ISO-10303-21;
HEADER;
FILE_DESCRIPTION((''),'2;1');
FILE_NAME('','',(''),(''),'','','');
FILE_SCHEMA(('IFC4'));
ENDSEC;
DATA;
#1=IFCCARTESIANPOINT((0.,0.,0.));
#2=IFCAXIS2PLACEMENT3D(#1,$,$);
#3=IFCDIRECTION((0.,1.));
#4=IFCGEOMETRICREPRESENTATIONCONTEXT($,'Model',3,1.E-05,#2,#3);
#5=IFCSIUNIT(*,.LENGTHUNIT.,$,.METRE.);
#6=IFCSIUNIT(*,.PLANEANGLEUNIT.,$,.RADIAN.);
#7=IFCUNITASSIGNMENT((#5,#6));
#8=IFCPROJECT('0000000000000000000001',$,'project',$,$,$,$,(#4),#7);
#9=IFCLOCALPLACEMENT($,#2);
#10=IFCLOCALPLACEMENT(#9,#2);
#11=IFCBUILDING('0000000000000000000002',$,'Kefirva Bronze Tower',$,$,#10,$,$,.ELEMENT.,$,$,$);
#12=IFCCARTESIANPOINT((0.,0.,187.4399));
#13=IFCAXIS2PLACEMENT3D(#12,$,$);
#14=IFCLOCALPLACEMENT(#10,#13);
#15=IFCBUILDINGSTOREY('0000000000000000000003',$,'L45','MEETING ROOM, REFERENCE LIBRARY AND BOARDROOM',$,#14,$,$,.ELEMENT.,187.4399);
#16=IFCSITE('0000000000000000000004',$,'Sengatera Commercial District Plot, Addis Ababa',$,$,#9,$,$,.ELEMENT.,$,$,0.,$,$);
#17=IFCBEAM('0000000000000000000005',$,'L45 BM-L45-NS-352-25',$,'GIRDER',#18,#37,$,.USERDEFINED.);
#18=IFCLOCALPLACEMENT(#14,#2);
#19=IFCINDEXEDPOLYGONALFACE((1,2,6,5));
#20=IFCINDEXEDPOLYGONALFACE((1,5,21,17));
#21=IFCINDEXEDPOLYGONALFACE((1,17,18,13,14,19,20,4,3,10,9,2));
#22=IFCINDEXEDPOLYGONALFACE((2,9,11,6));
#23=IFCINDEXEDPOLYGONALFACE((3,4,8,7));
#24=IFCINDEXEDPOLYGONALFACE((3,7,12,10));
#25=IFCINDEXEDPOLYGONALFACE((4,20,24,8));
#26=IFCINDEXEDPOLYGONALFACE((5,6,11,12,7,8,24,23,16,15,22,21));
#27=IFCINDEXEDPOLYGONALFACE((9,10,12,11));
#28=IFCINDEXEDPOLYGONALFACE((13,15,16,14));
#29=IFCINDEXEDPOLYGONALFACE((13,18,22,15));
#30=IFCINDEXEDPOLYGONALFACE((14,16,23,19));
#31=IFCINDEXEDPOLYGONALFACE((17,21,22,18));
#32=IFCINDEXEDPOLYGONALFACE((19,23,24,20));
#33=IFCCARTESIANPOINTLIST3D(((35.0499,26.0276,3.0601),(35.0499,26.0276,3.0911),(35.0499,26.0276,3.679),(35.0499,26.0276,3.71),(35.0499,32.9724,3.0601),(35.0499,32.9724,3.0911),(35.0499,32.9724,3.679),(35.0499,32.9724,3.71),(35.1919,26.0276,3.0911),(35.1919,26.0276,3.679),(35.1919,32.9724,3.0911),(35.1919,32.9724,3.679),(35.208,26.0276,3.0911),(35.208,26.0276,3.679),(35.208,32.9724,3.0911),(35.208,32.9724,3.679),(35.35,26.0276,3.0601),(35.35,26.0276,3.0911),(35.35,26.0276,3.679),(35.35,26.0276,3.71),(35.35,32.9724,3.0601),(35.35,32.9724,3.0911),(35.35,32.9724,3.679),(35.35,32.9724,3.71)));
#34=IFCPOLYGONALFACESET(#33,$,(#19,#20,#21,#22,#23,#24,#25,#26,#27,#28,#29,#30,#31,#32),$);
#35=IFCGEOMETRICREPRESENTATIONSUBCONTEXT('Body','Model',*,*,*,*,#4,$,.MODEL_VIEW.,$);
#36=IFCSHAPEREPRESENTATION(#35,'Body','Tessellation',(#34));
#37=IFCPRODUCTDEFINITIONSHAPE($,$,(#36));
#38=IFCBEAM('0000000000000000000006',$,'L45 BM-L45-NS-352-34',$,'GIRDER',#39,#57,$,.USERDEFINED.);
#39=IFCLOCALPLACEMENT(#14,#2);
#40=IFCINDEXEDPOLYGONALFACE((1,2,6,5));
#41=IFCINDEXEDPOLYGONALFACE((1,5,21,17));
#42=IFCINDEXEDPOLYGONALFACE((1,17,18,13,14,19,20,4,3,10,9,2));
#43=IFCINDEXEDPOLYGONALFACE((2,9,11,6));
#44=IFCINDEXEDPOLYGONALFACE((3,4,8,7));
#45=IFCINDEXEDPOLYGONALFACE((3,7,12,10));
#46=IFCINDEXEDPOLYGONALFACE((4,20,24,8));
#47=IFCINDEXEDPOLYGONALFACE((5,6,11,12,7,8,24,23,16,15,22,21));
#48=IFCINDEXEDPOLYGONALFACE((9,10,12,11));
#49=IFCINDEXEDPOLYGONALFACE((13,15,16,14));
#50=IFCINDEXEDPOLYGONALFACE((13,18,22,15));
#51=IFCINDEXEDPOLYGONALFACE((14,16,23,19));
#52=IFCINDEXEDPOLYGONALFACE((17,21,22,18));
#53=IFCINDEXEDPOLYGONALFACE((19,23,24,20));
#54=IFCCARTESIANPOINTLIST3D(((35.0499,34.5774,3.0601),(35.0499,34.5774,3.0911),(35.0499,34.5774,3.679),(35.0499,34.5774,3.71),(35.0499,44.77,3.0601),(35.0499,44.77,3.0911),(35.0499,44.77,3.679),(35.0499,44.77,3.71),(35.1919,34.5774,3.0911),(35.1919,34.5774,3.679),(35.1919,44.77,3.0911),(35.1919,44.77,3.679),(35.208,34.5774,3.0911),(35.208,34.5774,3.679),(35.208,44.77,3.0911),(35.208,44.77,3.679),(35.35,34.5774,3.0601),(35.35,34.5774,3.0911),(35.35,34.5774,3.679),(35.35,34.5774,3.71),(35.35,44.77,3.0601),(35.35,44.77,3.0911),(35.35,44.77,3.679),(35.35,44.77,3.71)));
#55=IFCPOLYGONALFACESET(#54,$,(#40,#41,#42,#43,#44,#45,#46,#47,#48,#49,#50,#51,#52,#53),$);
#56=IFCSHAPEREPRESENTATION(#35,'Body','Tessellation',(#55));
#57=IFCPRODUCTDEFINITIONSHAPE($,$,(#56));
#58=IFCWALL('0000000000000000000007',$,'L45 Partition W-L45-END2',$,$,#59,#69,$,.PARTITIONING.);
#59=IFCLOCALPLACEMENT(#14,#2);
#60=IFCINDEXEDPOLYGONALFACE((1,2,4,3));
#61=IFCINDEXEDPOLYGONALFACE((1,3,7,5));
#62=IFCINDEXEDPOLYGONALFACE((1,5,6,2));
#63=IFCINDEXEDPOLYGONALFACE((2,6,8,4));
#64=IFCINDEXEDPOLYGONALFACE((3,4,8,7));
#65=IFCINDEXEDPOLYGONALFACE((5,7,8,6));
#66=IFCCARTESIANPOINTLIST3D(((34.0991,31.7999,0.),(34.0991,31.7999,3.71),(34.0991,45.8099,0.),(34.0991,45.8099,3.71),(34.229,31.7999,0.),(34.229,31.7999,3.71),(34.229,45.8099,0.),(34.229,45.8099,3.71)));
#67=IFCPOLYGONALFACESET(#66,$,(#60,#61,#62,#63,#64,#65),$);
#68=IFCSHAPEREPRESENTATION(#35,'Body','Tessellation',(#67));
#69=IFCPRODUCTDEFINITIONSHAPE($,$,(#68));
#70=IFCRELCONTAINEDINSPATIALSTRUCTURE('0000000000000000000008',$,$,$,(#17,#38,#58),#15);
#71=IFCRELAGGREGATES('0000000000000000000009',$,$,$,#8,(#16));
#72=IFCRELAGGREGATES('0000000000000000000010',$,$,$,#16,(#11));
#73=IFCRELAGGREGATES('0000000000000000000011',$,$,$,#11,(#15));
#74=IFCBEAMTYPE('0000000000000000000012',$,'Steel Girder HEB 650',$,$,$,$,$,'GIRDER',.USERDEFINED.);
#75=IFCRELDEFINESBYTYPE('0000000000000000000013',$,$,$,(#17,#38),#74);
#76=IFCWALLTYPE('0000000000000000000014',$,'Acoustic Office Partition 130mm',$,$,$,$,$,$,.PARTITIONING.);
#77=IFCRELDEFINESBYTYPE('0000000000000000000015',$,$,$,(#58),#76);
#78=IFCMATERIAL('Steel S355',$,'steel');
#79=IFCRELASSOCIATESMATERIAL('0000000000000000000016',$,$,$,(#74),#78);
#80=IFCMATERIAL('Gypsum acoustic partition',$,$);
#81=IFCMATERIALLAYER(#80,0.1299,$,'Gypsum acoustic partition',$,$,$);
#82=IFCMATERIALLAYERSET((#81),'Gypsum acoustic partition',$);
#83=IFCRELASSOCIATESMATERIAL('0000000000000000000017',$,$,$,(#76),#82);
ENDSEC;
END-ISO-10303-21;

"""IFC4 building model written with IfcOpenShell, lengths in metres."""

from ifc_helpers import new_model, si_unit, direction, frame, frame_2d, origin, origin_2d, place, context, subcontext, project, spatial, rectangle, i_section, extrude, material, layer, layer_set, material_profile, profile_set, type_object, element, save


model = new_model("IFC4")

# Units and contexts
model_context = context("Model", 3, precision=1e-05, world=origin(), true_north=direction((0.0, 1.0)))
body_context = subcontext(model_context, "Body", "Model", "MODEL_VIEW")
ifc_project = project(units=[si_unit("LENGTHUNIT", "METRE"), si_unit("PLANEANGLEUNIT", "RADIAN")], contexts=[model_context])

# Site, building, storey
site_placement = place(None, origin())
site = spatial("IfcSite", under=ifc_project, at=site_placement, Name="Sengatera Commercial District Plot, Addis Ababa", CompositionType="ELEMENT", RefElevation=0.0)
building_placement = place(site_placement, origin())
building = spatial("IfcBuilding", under=site, at=building_placement, Name="Kefirva Bronze Tower", CompositionType="ELEMENT")
storey_placement = place(building_placement, frame((0.0, 0.0, 187.4399)))
storey = spatial("IfcBuildingStorey", under=building, at=storey_placement, Name="L45", Description="MEETING ROOM, REFERENCE LIBRARY AND BOARDROOM", CompositionType="ELEMENT", Elevation=187.4399)

# Beams
ifc_material_1 = material(Name="Steel S355", Category="steel")
ifc_material_profile_1 = material_profile(ifc_material_1, i_section(OverallWidth=0.3, OverallDepth=0.6499, WebThickness=0.0161, FlangeThickness=0.031, at=origin_2d()), Name="HEB 650")
ifc_profile_set_1 = profile_set([ifc_material_profile_1], Name="Steel S355")
beam_type_1 = type_object("IfcBeamType", Name="Steel Girder HEB 650", ElementType="GIRDER", PredefinedType="USERDEFINED", material=ifc_profile_set_1)
beam_1_placement = place(storey_placement, frame((35.2, 26.0276, 3.385), z_axis=(0.0, 1.0, 0.0), x_axis=(-1.0, 0.0, 0.0)))
element("IfcBeam", 1, at=beam_1_placement, inside=storey, type_object=beam_type_1, Name="L45 BM-L45-NS-352-25", ObjectType="GIRDER", PredefinedType="USERDEFINED", context=body_context, shape_type="SweptSolid", body=[
    extrude(i_section(OverallWidth=0.3, OverallDepth=0.6499, WebThickness=0.0161, FlangeThickness=0.031, at=origin_2d()), origin(), (0.0, 0.0, 1.0), 6.9448),
])
beam_2_placement = place(storey_placement, frame((35.2, 34.5774, 3.385), z_axis=(0.0, 1.0, 0.0), x_axis=(-1.0, 0.0, 0.0)))
element("IfcBeam", 2, at=beam_2_placement, inside=storey, type_object=beam_type_1, Name="L45 BM-L45-NS-352-34", ObjectType="GIRDER", PredefinedType="USERDEFINED", context=body_context, shape_type="SweptSolid", body=[
    extrude(i_section(OverallWidth=0.3, OverallDepth=0.6499, WebThickness=0.0161, FlangeThickness=0.031, at=origin_2d()), origin(), (0.0, 0.0, 1.0), 10.1926),
])

# Wall
ifc_material_2 = material(Name="Gypsum acoustic partition")
ifc_layer = layer(ifc_material_2, 0.1299, Name="Gypsum acoustic partition")
ifc_layer_set = layer_set([ifc_layer], Name="Gypsum acoustic partition")
wall_type = type_object("IfcWallType", Name="Acoustic Office Partition 130mm", PredefinedType="PARTITIONING", material=ifc_layer_set)
wall_placement = place(storey_placement, frame((34.1641, 31.8, 0.0), z_axis=(0.0, 0.0, 1.0), x_axis=(0.0, 1.0, 0.0)))
element("IfcWall", 3, at=wall_placement, inside=storey, type_object=wall_type, Name="L45 Partition W-L45-END2", PredefinedType="PARTITIONING", context=body_context, shape_type="SweptSolid", body=[
    extrude(rectangle(XDim=14.01, YDim=0.1299, at=frame_2d((7.0049, 0.0))), origin(), (0.0, 0.0, 1.0), 3.71),
])

save(model, "model.ifc")
